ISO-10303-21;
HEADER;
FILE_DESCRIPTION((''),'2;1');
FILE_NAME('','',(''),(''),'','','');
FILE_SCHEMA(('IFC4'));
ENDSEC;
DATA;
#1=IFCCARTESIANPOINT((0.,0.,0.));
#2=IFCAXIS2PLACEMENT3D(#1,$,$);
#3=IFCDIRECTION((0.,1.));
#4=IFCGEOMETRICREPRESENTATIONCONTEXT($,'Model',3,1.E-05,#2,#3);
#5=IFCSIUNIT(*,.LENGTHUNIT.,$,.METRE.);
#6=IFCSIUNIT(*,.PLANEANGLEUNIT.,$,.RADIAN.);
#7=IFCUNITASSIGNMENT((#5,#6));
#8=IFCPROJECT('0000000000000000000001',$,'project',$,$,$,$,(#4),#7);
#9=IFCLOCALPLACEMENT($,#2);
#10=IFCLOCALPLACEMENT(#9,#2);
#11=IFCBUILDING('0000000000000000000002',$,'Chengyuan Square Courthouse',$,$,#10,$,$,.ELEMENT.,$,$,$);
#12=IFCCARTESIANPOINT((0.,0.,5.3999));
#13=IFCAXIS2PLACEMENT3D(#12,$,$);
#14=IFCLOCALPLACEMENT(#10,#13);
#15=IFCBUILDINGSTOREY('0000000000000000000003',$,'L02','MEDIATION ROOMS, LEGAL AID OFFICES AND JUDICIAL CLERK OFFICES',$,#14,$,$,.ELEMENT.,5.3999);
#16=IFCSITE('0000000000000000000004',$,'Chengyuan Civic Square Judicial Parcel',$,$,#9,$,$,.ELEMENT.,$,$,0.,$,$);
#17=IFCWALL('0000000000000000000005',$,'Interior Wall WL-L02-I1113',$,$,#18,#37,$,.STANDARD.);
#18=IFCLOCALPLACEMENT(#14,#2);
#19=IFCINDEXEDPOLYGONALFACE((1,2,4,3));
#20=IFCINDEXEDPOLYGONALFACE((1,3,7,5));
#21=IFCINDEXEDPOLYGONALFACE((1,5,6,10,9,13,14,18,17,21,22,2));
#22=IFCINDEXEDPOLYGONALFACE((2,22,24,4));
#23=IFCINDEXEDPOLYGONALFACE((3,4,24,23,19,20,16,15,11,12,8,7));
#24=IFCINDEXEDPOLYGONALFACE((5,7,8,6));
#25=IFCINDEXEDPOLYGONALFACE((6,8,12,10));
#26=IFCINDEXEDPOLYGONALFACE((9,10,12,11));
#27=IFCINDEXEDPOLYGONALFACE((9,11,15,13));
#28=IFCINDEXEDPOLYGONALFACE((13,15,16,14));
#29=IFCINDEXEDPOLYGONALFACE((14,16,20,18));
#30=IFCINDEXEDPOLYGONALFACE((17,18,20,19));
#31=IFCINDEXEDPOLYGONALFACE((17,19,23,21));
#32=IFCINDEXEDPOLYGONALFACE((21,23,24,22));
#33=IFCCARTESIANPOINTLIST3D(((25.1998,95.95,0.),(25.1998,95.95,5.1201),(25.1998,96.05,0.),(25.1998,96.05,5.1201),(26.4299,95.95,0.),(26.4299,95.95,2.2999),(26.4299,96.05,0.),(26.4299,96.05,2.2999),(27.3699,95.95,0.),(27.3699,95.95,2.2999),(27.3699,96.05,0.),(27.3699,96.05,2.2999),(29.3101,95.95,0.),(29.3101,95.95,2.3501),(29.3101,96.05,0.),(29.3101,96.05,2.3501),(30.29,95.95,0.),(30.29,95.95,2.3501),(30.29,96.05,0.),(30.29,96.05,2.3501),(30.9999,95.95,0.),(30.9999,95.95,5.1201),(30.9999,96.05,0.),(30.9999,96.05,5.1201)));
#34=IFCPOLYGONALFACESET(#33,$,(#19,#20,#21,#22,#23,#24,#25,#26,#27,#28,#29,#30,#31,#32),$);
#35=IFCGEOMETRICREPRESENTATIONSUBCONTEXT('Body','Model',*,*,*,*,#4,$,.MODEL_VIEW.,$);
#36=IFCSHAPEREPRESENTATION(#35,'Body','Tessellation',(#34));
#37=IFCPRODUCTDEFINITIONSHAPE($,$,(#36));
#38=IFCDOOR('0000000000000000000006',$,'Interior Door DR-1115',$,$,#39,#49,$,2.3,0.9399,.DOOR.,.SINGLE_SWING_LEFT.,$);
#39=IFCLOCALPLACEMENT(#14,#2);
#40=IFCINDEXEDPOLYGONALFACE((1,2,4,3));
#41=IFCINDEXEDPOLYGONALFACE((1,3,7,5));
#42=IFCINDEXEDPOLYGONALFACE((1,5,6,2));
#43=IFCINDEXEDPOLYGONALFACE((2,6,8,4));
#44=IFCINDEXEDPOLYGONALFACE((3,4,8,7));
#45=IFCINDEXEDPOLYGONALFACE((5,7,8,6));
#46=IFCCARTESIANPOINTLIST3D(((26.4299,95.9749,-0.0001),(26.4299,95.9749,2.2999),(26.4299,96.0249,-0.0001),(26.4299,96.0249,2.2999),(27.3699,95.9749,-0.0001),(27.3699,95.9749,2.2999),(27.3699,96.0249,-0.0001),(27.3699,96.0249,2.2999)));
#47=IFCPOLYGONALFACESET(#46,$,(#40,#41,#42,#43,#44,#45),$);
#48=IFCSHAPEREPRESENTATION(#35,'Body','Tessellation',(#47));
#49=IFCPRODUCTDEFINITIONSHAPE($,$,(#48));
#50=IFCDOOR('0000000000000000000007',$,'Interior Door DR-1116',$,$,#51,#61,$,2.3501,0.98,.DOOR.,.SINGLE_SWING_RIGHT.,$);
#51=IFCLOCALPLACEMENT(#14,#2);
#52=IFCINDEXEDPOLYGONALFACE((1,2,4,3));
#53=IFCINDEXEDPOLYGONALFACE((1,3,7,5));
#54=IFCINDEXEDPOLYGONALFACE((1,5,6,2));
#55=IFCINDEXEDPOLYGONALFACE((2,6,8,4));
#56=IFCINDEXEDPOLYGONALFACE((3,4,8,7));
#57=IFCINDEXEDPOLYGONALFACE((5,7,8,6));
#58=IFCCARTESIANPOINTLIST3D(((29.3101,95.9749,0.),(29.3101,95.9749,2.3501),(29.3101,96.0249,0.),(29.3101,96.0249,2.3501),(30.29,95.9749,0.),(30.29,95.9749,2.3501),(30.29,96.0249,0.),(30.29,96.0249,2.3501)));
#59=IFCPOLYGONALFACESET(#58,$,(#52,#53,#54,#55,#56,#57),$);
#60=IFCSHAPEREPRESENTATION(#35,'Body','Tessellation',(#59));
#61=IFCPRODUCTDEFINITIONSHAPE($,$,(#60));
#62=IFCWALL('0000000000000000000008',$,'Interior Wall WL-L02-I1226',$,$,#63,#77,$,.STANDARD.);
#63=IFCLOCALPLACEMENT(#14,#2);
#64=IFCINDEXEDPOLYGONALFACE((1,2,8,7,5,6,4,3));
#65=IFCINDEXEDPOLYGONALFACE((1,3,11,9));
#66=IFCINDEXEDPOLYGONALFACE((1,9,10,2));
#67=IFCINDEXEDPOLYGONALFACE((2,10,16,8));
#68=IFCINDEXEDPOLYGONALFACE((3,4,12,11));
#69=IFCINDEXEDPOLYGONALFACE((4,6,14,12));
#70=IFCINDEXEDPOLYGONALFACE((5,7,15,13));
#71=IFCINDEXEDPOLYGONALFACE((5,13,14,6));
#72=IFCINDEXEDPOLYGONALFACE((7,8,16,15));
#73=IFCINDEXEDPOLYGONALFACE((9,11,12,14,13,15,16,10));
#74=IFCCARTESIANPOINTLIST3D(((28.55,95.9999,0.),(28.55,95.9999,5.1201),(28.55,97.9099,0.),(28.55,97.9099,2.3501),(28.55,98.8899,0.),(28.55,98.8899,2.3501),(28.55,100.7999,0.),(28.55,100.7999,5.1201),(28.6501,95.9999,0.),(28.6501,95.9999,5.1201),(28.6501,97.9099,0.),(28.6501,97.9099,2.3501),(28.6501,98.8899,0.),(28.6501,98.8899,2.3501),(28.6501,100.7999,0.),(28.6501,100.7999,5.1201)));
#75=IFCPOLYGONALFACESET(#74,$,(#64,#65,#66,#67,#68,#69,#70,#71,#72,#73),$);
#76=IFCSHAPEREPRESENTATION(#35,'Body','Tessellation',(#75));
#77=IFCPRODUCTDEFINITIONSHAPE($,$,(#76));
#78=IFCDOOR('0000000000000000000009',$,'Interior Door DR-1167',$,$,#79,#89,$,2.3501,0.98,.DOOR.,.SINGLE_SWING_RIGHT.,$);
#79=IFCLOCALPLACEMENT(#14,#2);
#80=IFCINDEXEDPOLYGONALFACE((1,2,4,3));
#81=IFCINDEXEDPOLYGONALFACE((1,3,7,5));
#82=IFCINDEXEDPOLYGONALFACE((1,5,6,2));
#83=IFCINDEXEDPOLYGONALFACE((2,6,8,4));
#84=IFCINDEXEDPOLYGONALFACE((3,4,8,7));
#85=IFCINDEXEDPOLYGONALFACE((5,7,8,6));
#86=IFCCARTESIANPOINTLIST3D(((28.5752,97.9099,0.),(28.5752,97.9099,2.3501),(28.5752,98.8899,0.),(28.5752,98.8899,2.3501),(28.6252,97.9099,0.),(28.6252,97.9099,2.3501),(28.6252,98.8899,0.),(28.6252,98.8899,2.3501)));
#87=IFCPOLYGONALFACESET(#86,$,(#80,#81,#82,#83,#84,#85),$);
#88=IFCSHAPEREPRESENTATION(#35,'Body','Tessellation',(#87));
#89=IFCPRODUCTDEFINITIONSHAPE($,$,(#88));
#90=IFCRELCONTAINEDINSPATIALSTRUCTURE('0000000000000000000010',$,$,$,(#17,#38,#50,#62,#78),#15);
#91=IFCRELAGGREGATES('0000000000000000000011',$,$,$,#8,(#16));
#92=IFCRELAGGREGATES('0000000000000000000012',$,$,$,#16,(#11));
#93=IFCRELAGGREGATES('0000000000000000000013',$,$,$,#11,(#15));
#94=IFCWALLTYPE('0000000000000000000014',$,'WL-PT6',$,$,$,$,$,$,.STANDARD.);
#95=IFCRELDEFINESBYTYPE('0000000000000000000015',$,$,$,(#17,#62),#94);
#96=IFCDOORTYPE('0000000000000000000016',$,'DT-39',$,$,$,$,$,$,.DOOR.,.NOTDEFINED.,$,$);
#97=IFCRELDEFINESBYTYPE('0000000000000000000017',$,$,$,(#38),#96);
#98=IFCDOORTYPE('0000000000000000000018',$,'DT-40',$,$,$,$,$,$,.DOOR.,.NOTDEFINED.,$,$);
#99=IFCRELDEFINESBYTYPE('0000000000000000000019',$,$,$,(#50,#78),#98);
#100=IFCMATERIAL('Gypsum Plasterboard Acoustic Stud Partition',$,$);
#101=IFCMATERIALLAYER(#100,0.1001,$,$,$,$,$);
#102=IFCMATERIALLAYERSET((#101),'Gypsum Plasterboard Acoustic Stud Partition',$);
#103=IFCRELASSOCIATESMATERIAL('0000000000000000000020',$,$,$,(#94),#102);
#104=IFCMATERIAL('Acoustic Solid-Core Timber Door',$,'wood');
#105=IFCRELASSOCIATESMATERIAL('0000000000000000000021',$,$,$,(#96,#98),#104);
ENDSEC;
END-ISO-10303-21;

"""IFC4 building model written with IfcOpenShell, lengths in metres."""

from ifc_helpers import new_model, si_unit, direction, frame, frame_2d, origin, place, context, subcontext, project, spatial, rectangle, extrude, material, layer, layer_set, type_object, element, fill, save


model = new_model("IFC4")

# Units and contexts
model_context = context("Model", 3, precision=1e-05, world=origin(), true_north=direction((0.0, 1.0)))
body_context = subcontext(model_context, "Body", "Model", "MODEL_VIEW")
ifc_project = project(units=[si_unit("LENGTHUNIT", "METRE"), si_unit("PLANEANGLEUNIT", "RADIAN")], contexts=[model_context])

# Site, building, storey
site_placement = place(None, origin())
site = spatial("IfcSite", under=ifc_project, at=site_placement, Name="Chengyuan Civic Square Judicial Parcel", CompositionType="ELEMENT", RefElevation=0.0)
building_placement = place(site_placement, origin())
building = spatial("IfcBuilding", under=site, at=building_placement, Name="Chengyuan Square Courthouse", CompositionType="ELEMENT")
storey_placement = place(building_placement, frame((0.0, 0.0, 5.3999)))
storey = spatial("IfcBuildingStorey", under=building, at=storey_placement, Name="L02", Description="MEDIATION ROOMS, LEGAL AID OFFICES AND JUDICIAL CLERK OFFICES", CompositionType="ELEMENT", Elevation=5.3999)

# Wall, openings, doors
ifc_material_1 = material(Name="Gypsum Plasterboard Acoustic Stud Partition")
ifc_layer_1 = layer(ifc_material_1, 0.1001)
ifc_layer_set_1 = layer_set([ifc_layer_1], Name="Gypsum Plasterboard Acoustic Stud Partition")
wall_type_1 = type_object("IfcWallType", Name="WL-PT6", PredefinedType="STANDARD", material=ifc_layer_set_1)
ifc_material_2 = material(Name="Acoustic Solid-Core Timber Door", Category="wood")
wall_1_placement = place(storey_placement, frame((25.2, 96.0, 0.0), z_axis=(0.0, 0.0, 1.0), x_axis=(1.0, 0.0, 0.0)))
wall_1 = element("IfcWall", 1, at=wall_1_placement, inside=storey, type_object=wall_type_1, Name="Interior Wall WL-L02-I1113", PredefinedType="STANDARD", context=body_context, shape_type="SweptSolid", body=[
    extrude(rectangle(XDim=5.8, YDim=0.1001, at=frame_2d((2.8999, 0.0))), origin(), (0.0, 0.0, 1.0), 5.1201),
])
opening_1_placement = place(wall_1_placement, frame((1.23, 0.0, 0.0)))
opening_1 = element("IfcOpeningElement", 2, at=opening_1_placement, cuts=wall_1, PredefinedType="OPENING", context=body_context, shape_type="SweptSolid", body=[
    extrude(rectangle(XDim=0.9399, YDim=2.3, at=frame_2d((0.47, 1.1499))), frame((0.0, 0.062, 0.0), z_axis=(0.0, -1.0, 0.0), x_axis=(1.0, 0.0, 0.0)), (0.0, 0.0, 1.0), 0.124),
])
opening_2_placement = place(wall_1_placement, frame((4.1101, 0.0, 0.0)))
opening_2 = element("IfcOpeningElement", 3, at=opening_2_placement, cuts=wall_1, PredefinedType="OPENING", context=body_context, shape_type="SweptSolid", body=[
    extrude(rectangle(XDim=0.98, YDim=2.3501, at=frame_2d((0.49, 1.175))), frame((0.0, 0.062, 0.0), z_axis=(0.0, -1.0, 0.0), x_axis=(1.0, 0.0, 0.0)), (0.0, 0.0, 1.0), 0.124),
])
door_type_1 = type_object("IfcDoorType", Name="DT-39", OperationType="NOTDEFINED", PredefinedType="DOOR", material=ifc_material_2)
door_1_placement = place(opening_1_placement, origin())
door_1 = element("IfcDoor", 4, at=door_1_placement, inside=storey, type_object=door_type_1, Name="Interior Door DR-1115", OperationType="SINGLE_SWING_LEFT", OverallHeight=2.3, OverallWidth=0.9399, PredefinedType="DOOR", context=body_context, shape_type="SweptSolid", body=[
    extrude(rectangle(XDim=0.9399, YDim=2.3, at=frame_2d((0.47, 1.1499))), frame((0.0, 0.0249, 0.0), z_axis=(0.0, -1.0, 0.0), x_axis=(1.0, 0.0, 0.0)), (0.0, 0.0, 1.0), 0.05),
])
fill(opening_1, door_1)
door_type_2 = type_object("IfcDoorType", Name="DT-40", OperationType="NOTDEFINED", PredefinedType="DOOR", material=ifc_material_2)
door_2_placement = place(opening_2_placement, origin())
door_2 = element("IfcDoor", 5, at=door_2_placement, inside=storey, type_object=door_type_2, Name="Interior Door DR-1116", OperationType="SINGLE_SWING_RIGHT", OverallHeight=2.3501, OverallWidth=0.98, PredefinedType="DOOR", context=body_context, shape_type="SweptSolid", body=[
    extrude(rectangle(XDim=0.98, YDim=2.3501, at=frame_2d((0.49, 1.175))), frame((0.0, 0.0249, 0.0), z_axis=(0.0, -1.0, 0.0), x_axis=(1.0, 0.0, 0.0)), (0.0, 0.0, 1.0), 0.05),
])
fill(opening_2, door_2)

# Wall, opening, door
wall_2_placement = place(storey_placement, frame((28.6001, 96.0, 0.0), z_axis=(0.0, 0.0, 1.0), x_axis=(0.0, 1.0, 0.0)))
wall_2 = element("IfcWall", 6, at=wall_2_placement, inside=storey, type_object=wall_type_1, Name="Interior Wall WL-L02-I1226", PredefinedType="STANDARD", context=body_context, shape_type="SweptSolid", body=[
    extrude(rectangle(XDim=4.8, YDim=0.1001, at=frame_2d((2.3999, 0.0))), origin(), (0.0, 0.0, 1.0), 5.1201),
])
opening_3_placement = place(wall_2_placement, frame((1.9099, 0.0, 0.0)))
opening_3 = element("IfcOpeningElement", 7, at=opening_3_placement, cuts=wall_2, PredefinedType="OPENING", context=body_context, shape_type="SweptSolid", body=[
    extrude(rectangle(XDim=0.98, YDim=2.3501, at=frame_2d((0.49, 1.175))), frame((0.0, 0.062, 0.0), z_axis=(0.0, -1.0, 0.0), x_axis=(1.0, 0.0, 0.0)), (0.0, 0.0, 1.0), 0.124),
])
door_3_placement = place(opening_3_placement, origin())
door_3 = element("IfcDoor", 8, at=door_3_placement, inside=storey, type_object=door_type_2, Name="Interior Door DR-1167", OperationType="SINGLE_SWING_RIGHT", OverallHeight=2.3501, OverallWidth=0.98, PredefinedType="DOOR", context=body_context, shape_type="SweptSolid", body=[
    extrude(rectangle(XDim=0.98, YDim=2.3501, at=frame_2d((0.49, 1.175))), frame((0.0, 0.0249, 0.0), z_axis=(0.0, -1.0, 0.0), x_axis=(1.0, 0.0, 0.0)), (0.0, 0.0, 1.0), 0.05),
])
fill(opening_3, door_3)

save(model, "model.ifc")
